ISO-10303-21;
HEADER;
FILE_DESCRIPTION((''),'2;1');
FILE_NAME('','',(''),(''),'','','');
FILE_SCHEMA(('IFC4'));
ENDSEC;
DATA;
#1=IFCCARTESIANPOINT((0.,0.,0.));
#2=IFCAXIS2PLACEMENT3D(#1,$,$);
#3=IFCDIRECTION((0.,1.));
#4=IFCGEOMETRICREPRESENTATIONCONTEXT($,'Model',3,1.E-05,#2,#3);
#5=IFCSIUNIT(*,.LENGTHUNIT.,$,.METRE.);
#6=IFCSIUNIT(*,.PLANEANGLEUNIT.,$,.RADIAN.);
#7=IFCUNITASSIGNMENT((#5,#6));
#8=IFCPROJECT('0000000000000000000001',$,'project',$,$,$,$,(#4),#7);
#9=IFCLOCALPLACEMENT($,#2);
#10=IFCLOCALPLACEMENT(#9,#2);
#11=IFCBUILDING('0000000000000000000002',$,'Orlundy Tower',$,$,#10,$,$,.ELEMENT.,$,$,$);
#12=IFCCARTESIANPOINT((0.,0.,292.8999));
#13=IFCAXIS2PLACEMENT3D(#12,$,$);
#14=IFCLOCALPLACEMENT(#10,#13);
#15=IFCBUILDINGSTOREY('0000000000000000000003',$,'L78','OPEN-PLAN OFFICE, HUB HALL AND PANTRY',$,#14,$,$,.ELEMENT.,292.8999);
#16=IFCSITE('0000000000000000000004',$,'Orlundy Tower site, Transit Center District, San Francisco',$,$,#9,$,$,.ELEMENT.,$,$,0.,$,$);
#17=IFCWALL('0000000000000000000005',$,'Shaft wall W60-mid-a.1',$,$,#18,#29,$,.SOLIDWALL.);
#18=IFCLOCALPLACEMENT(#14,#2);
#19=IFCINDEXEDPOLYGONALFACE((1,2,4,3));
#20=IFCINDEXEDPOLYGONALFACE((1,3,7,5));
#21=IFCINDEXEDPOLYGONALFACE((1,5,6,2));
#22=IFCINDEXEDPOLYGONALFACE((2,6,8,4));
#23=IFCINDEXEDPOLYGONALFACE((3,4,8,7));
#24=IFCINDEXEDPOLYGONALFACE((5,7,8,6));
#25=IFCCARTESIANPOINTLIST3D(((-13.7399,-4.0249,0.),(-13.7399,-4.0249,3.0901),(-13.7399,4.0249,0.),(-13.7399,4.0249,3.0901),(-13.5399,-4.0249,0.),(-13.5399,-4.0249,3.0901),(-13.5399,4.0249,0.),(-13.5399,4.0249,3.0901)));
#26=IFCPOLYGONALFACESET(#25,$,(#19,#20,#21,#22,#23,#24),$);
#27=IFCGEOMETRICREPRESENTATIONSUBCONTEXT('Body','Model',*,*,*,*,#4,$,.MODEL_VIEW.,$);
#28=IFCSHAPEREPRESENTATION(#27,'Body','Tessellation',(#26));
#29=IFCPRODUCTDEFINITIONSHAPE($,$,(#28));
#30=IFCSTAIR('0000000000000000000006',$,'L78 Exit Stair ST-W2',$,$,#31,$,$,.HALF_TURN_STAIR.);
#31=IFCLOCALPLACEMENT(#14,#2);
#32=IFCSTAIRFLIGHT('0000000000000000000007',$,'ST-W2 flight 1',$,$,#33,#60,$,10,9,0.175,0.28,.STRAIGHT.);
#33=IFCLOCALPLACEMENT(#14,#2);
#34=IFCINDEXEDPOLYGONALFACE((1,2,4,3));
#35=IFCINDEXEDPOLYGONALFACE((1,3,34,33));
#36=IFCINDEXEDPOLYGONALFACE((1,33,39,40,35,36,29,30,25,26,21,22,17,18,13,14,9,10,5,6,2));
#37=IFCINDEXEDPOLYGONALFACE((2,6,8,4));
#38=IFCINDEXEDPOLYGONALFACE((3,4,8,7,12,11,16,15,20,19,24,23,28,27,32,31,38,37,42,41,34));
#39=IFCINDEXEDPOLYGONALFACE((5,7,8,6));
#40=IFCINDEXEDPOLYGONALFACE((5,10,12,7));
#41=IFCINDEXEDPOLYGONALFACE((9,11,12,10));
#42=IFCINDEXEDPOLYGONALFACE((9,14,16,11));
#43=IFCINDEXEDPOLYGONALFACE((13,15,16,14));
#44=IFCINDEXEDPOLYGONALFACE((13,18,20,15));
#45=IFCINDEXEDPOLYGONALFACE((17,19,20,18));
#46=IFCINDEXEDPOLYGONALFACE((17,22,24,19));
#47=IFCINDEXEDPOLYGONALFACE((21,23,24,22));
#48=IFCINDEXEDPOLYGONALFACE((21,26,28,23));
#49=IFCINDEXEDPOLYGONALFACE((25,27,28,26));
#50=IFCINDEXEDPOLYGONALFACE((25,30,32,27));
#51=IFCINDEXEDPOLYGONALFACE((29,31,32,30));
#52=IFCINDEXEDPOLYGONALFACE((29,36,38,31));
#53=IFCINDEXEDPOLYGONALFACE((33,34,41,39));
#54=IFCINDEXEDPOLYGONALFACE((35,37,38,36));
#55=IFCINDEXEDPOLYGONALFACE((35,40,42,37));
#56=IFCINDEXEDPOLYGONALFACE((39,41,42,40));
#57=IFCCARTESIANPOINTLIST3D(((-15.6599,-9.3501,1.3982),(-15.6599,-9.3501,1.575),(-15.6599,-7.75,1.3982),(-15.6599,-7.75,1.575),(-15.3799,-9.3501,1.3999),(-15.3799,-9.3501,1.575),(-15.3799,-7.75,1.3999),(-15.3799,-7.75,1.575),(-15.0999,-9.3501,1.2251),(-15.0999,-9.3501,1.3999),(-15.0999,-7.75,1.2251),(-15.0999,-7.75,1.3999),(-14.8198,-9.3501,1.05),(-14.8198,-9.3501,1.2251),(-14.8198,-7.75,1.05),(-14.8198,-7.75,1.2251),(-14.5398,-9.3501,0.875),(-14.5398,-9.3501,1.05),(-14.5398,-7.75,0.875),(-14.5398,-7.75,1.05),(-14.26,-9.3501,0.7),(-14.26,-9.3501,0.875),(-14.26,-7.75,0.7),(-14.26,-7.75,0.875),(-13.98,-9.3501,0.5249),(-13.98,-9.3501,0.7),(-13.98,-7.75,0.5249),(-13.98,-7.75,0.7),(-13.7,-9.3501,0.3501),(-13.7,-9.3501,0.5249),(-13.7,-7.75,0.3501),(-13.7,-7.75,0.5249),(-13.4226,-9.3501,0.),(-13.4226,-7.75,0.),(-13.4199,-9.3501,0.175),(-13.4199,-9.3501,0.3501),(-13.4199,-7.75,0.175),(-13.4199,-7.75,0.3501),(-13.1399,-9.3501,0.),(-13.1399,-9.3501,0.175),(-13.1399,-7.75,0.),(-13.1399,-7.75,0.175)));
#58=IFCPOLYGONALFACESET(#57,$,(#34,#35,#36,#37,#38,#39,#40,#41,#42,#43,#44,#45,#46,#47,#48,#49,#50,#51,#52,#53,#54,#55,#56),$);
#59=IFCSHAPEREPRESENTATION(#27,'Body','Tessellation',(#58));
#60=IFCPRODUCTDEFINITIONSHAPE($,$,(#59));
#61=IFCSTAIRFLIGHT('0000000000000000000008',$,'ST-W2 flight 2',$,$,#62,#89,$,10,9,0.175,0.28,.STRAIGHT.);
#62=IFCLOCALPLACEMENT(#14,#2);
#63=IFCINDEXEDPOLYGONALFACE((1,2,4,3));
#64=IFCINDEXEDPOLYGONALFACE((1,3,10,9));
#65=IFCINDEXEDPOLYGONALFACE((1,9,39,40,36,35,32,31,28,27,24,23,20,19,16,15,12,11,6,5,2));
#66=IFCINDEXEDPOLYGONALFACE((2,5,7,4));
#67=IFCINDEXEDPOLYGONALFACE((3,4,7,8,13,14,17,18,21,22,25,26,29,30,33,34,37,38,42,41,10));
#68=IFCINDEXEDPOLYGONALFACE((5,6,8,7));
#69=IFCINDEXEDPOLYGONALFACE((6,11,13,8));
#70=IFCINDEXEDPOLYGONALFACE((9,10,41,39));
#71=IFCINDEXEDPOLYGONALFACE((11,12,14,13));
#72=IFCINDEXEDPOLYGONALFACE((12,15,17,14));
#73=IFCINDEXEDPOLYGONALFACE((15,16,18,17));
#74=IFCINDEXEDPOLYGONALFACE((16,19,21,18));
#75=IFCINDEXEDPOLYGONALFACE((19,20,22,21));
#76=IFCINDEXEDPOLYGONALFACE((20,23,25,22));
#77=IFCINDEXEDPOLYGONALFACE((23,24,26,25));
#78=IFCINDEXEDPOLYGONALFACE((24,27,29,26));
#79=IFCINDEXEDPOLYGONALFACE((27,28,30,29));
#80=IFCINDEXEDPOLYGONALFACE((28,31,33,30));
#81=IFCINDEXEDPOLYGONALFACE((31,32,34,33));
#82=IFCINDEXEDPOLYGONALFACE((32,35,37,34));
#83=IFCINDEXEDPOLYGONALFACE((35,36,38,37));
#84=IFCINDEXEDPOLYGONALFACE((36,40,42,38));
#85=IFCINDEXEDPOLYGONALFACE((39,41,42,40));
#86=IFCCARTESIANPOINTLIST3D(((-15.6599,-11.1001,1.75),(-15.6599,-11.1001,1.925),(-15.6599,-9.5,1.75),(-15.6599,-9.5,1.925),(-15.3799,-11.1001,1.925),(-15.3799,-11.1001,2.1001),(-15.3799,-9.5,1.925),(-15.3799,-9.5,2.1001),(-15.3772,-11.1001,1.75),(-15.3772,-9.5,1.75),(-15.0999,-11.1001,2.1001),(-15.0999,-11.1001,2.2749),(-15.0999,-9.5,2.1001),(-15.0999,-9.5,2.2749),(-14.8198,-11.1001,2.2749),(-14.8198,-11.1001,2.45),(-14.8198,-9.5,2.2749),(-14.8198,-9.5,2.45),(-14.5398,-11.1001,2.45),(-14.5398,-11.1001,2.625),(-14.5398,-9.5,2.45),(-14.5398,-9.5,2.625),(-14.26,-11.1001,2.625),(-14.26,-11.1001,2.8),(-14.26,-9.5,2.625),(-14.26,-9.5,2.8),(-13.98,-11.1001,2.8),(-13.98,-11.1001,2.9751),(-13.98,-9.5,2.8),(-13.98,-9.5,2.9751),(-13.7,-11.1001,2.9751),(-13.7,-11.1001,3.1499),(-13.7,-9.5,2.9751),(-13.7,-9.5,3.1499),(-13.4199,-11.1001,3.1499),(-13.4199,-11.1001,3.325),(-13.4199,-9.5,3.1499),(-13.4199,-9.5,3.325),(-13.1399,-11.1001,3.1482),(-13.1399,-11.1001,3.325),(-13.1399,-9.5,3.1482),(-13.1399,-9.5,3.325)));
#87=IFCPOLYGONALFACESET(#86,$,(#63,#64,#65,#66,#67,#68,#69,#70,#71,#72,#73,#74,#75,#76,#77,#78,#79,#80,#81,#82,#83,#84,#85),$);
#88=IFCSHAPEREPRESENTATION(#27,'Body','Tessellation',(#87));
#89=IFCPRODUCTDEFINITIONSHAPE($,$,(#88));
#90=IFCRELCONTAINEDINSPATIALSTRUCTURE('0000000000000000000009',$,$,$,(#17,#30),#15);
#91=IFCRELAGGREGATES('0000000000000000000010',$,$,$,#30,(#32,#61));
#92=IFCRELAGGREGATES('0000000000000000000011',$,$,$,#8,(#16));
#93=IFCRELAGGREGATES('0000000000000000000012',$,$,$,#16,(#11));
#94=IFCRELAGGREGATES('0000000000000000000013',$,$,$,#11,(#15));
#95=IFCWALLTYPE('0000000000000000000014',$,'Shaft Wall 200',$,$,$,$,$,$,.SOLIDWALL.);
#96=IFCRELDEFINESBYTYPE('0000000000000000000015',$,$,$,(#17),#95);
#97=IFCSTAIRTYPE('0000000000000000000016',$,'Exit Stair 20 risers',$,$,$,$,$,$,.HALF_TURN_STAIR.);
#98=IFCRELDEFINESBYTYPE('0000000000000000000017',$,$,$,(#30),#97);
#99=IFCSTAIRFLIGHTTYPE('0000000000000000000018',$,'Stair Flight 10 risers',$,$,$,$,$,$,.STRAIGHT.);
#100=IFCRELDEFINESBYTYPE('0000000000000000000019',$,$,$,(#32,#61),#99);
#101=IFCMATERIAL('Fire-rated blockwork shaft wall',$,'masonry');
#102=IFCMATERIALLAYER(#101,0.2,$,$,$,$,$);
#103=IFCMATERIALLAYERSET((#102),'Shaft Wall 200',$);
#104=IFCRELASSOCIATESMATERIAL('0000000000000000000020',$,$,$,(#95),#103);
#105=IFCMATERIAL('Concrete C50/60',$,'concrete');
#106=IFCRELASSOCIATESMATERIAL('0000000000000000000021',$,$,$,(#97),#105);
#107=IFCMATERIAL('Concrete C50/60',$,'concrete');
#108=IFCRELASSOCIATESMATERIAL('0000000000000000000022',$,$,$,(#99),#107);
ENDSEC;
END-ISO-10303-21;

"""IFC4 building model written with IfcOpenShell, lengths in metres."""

from ifc_helpers import new_model, si_unit, direction, frame, frame_2d, origin, place, context, subcontext, project, spatial, polyline, rectangle, outline, extrude, material, layer, layer_set, type_object, element, aggregate, save


model = new_model("IFC4")

# Units and contexts
model_context = context("Model", 3, precision=1e-05, world=origin(), true_north=direction((0.0, 1.0)))
body_context = subcontext(model_context, "Body", "Model", "MODEL_VIEW")
ifc_project = project(units=[si_unit("LENGTHUNIT", "METRE"), si_unit("PLANEANGLEUNIT", "RADIAN")], contexts=[model_context])

# Site, building, storey
site_placement = place(None, origin())
site = spatial("IfcSite", under=ifc_project, at=site_placement, Name="Orlundy Tower site, Transit Center District, San Francisco", CompositionType="ELEMENT", RefElevation=0.0)
building_placement = place(site_placement, origin())
building = spatial("IfcBuilding", under=site, at=building_placement, Name="Orlundy Tower", CompositionType="ELEMENT")
storey_placement = place(building_placement, frame((0.0, 0.0, 292.8999)))
storey = spatial("IfcBuildingStorey", under=building, at=storey_placement, Name="L78", Description="OPEN-PLAN OFFICE, HUB HALL AND PANTRY", CompositionType="ELEMENT", Elevation=292.8999)

# Shared definitions
ifc_material_1 = material(Name="Fire-rated blockwork shaft wall", Category="masonry")
ifc_layer_1 = layer(ifc_material_1, 0.2)
ifc_layer_set_1 = layer_set([ifc_layer_1], Name="Shaft Wall 200")
wall_type_1 = type_object("IfcWallType", Name="Shaft Wall 200", PredefinedType="SOLIDWALL", material=ifc_layer_set_1)

# Wall
wall_1_placement = place(storey_placement, frame((-13.6399, -4.0249, 0.0), z_axis=(0.0, 0.0, 1.0), x_axis=(0.0, 1.0, 0.0)))
element("IfcWall", 1, at=wall_1_placement, inside=storey, type_object=wall_type_1, Name="Shaft wall W60-mid-a.1", PredefinedType="SOLIDWALL", context=body_context, shape_type="SweptSolid", body=[
    extrude(rectangle(XDim=8.0498, YDim=0.2, at=frame_2d((4.0249, 0.0))), origin(), (0.0, 0.0, 1.0), 3.0901),
])

# Stair, stair flights
ifc_material_2 = material(Name="Concrete C50/60", Category="concrete")
stair_type = type_object("IfcStairType", Name="Exit Stair 20 risers", PredefinedType="HALF_TURN_STAIR", material=ifc_material_2)
stair_placement = place(storey_placement, origin())
stair = element("IfcStair", 2, at=stair_placement, inside=storey, type_object=stair_type, Name="L78 Exit Stair ST-W2", PredefinedType="HALF_TURN_STAIR")
ifc_material_3 = material(Name="Concrete C50/60", Category="concrete")
stair_flight_type = type_object("IfcStairFlightType", Name="Stair Flight 10 risers", PredefinedType="STRAIGHT", material=ifc_material_3)
stair_flight_1_placement = place(storey_placement, frame((-13.1399, -8.55, 0.0), z_axis=(0.0, 0.0, 1.0), x_axis=(-1.0, 0.0, 0.0)))
stair_flight_1 = element("IfcStairFlight", 3, at=stair_flight_1_placement, type_object=stair_flight_type, Name="ST-W2 flight 1", NumberOfRisers=10, NumberOfTreads=9, PredefinedType="STRAIGHT", RiserHeight=0.175, TreadLength=0.28, context=body_context, shape_type="SweptSolid", body=[
    extrude(outline(polyline([(0.0, 0.0), (0.0, 0.175), (0.28, 0.175), (0.28, 0.3501), (0.5601, 0.3501), (0.5601, 0.5249), (0.8401, 0.5249), (0.8401, 0.7), (1.1201, 0.7), (1.1201, 0.875), (1.3999, 0.875), (1.3999, 1.05), (1.6799, 1.05), (1.6799, 1.2251), (1.96, 1.2251), (1.96, 1.3999), (2.24, 1.3999), (2.24, 1.575), (2.52, 1.575), (2.52, 1.75), (2.52, 1.3982), (0.2827, 0.0), (0.0, 0.0)])), frame((0.0, 0.8, 0.0), z_axis=(0.0, -1.0, 0.0), x_axis=(1.0, 0.0, 0.0)), (0.0, 0.0, 1.0), 1.6001),
])
stair_flight_2_placement = place(storey_placement, frame((-15.6599, -10.3, 1.75), z_axis=(0.0, 0.0, 1.0), x_axis=(1.0, 0.0, 0.0)))
stair_flight_2 = element("IfcStairFlight", 4, at=stair_flight_2_placement, type_object=stair_flight_type, Name="ST-W2 flight 2", NumberOfRisers=10, NumberOfTreads=9, PredefinedType="STRAIGHT", RiserHeight=0.175, TreadLength=0.28, context=body_context, shape_type="SweptSolid", body=[
    extrude(outline(polyline([(0.0, 0.0), (0.0, 0.175), (0.28, 0.175), (0.28, 0.3501), (0.5601, 0.3501), (0.5601, 0.5249), (0.8401, 0.5249), (0.8401, 0.7), (1.1201, 0.7), (1.1201, 0.875), (1.3999, 0.875), (1.3999, 1.05), (1.6799, 1.05), (1.6799, 1.2251), (1.96, 1.2251), (1.96, 1.3999), (2.24, 1.3999), (2.24, 1.575), (2.52, 1.575), (2.52, 1.75), (2.52, 1.3982), (0.2827, 0.0), (0.0, 0.0)])), frame((0.0, 0.8, 0.0), z_axis=(0.0, -1.0, 0.0), x_axis=(1.0, 0.0, 0.0)), (0.0, 0.0, 1.0), 1.6001),
])
aggregate(stair, [stair_flight_1, stair_flight_2])

save(model, "model.ifc")
